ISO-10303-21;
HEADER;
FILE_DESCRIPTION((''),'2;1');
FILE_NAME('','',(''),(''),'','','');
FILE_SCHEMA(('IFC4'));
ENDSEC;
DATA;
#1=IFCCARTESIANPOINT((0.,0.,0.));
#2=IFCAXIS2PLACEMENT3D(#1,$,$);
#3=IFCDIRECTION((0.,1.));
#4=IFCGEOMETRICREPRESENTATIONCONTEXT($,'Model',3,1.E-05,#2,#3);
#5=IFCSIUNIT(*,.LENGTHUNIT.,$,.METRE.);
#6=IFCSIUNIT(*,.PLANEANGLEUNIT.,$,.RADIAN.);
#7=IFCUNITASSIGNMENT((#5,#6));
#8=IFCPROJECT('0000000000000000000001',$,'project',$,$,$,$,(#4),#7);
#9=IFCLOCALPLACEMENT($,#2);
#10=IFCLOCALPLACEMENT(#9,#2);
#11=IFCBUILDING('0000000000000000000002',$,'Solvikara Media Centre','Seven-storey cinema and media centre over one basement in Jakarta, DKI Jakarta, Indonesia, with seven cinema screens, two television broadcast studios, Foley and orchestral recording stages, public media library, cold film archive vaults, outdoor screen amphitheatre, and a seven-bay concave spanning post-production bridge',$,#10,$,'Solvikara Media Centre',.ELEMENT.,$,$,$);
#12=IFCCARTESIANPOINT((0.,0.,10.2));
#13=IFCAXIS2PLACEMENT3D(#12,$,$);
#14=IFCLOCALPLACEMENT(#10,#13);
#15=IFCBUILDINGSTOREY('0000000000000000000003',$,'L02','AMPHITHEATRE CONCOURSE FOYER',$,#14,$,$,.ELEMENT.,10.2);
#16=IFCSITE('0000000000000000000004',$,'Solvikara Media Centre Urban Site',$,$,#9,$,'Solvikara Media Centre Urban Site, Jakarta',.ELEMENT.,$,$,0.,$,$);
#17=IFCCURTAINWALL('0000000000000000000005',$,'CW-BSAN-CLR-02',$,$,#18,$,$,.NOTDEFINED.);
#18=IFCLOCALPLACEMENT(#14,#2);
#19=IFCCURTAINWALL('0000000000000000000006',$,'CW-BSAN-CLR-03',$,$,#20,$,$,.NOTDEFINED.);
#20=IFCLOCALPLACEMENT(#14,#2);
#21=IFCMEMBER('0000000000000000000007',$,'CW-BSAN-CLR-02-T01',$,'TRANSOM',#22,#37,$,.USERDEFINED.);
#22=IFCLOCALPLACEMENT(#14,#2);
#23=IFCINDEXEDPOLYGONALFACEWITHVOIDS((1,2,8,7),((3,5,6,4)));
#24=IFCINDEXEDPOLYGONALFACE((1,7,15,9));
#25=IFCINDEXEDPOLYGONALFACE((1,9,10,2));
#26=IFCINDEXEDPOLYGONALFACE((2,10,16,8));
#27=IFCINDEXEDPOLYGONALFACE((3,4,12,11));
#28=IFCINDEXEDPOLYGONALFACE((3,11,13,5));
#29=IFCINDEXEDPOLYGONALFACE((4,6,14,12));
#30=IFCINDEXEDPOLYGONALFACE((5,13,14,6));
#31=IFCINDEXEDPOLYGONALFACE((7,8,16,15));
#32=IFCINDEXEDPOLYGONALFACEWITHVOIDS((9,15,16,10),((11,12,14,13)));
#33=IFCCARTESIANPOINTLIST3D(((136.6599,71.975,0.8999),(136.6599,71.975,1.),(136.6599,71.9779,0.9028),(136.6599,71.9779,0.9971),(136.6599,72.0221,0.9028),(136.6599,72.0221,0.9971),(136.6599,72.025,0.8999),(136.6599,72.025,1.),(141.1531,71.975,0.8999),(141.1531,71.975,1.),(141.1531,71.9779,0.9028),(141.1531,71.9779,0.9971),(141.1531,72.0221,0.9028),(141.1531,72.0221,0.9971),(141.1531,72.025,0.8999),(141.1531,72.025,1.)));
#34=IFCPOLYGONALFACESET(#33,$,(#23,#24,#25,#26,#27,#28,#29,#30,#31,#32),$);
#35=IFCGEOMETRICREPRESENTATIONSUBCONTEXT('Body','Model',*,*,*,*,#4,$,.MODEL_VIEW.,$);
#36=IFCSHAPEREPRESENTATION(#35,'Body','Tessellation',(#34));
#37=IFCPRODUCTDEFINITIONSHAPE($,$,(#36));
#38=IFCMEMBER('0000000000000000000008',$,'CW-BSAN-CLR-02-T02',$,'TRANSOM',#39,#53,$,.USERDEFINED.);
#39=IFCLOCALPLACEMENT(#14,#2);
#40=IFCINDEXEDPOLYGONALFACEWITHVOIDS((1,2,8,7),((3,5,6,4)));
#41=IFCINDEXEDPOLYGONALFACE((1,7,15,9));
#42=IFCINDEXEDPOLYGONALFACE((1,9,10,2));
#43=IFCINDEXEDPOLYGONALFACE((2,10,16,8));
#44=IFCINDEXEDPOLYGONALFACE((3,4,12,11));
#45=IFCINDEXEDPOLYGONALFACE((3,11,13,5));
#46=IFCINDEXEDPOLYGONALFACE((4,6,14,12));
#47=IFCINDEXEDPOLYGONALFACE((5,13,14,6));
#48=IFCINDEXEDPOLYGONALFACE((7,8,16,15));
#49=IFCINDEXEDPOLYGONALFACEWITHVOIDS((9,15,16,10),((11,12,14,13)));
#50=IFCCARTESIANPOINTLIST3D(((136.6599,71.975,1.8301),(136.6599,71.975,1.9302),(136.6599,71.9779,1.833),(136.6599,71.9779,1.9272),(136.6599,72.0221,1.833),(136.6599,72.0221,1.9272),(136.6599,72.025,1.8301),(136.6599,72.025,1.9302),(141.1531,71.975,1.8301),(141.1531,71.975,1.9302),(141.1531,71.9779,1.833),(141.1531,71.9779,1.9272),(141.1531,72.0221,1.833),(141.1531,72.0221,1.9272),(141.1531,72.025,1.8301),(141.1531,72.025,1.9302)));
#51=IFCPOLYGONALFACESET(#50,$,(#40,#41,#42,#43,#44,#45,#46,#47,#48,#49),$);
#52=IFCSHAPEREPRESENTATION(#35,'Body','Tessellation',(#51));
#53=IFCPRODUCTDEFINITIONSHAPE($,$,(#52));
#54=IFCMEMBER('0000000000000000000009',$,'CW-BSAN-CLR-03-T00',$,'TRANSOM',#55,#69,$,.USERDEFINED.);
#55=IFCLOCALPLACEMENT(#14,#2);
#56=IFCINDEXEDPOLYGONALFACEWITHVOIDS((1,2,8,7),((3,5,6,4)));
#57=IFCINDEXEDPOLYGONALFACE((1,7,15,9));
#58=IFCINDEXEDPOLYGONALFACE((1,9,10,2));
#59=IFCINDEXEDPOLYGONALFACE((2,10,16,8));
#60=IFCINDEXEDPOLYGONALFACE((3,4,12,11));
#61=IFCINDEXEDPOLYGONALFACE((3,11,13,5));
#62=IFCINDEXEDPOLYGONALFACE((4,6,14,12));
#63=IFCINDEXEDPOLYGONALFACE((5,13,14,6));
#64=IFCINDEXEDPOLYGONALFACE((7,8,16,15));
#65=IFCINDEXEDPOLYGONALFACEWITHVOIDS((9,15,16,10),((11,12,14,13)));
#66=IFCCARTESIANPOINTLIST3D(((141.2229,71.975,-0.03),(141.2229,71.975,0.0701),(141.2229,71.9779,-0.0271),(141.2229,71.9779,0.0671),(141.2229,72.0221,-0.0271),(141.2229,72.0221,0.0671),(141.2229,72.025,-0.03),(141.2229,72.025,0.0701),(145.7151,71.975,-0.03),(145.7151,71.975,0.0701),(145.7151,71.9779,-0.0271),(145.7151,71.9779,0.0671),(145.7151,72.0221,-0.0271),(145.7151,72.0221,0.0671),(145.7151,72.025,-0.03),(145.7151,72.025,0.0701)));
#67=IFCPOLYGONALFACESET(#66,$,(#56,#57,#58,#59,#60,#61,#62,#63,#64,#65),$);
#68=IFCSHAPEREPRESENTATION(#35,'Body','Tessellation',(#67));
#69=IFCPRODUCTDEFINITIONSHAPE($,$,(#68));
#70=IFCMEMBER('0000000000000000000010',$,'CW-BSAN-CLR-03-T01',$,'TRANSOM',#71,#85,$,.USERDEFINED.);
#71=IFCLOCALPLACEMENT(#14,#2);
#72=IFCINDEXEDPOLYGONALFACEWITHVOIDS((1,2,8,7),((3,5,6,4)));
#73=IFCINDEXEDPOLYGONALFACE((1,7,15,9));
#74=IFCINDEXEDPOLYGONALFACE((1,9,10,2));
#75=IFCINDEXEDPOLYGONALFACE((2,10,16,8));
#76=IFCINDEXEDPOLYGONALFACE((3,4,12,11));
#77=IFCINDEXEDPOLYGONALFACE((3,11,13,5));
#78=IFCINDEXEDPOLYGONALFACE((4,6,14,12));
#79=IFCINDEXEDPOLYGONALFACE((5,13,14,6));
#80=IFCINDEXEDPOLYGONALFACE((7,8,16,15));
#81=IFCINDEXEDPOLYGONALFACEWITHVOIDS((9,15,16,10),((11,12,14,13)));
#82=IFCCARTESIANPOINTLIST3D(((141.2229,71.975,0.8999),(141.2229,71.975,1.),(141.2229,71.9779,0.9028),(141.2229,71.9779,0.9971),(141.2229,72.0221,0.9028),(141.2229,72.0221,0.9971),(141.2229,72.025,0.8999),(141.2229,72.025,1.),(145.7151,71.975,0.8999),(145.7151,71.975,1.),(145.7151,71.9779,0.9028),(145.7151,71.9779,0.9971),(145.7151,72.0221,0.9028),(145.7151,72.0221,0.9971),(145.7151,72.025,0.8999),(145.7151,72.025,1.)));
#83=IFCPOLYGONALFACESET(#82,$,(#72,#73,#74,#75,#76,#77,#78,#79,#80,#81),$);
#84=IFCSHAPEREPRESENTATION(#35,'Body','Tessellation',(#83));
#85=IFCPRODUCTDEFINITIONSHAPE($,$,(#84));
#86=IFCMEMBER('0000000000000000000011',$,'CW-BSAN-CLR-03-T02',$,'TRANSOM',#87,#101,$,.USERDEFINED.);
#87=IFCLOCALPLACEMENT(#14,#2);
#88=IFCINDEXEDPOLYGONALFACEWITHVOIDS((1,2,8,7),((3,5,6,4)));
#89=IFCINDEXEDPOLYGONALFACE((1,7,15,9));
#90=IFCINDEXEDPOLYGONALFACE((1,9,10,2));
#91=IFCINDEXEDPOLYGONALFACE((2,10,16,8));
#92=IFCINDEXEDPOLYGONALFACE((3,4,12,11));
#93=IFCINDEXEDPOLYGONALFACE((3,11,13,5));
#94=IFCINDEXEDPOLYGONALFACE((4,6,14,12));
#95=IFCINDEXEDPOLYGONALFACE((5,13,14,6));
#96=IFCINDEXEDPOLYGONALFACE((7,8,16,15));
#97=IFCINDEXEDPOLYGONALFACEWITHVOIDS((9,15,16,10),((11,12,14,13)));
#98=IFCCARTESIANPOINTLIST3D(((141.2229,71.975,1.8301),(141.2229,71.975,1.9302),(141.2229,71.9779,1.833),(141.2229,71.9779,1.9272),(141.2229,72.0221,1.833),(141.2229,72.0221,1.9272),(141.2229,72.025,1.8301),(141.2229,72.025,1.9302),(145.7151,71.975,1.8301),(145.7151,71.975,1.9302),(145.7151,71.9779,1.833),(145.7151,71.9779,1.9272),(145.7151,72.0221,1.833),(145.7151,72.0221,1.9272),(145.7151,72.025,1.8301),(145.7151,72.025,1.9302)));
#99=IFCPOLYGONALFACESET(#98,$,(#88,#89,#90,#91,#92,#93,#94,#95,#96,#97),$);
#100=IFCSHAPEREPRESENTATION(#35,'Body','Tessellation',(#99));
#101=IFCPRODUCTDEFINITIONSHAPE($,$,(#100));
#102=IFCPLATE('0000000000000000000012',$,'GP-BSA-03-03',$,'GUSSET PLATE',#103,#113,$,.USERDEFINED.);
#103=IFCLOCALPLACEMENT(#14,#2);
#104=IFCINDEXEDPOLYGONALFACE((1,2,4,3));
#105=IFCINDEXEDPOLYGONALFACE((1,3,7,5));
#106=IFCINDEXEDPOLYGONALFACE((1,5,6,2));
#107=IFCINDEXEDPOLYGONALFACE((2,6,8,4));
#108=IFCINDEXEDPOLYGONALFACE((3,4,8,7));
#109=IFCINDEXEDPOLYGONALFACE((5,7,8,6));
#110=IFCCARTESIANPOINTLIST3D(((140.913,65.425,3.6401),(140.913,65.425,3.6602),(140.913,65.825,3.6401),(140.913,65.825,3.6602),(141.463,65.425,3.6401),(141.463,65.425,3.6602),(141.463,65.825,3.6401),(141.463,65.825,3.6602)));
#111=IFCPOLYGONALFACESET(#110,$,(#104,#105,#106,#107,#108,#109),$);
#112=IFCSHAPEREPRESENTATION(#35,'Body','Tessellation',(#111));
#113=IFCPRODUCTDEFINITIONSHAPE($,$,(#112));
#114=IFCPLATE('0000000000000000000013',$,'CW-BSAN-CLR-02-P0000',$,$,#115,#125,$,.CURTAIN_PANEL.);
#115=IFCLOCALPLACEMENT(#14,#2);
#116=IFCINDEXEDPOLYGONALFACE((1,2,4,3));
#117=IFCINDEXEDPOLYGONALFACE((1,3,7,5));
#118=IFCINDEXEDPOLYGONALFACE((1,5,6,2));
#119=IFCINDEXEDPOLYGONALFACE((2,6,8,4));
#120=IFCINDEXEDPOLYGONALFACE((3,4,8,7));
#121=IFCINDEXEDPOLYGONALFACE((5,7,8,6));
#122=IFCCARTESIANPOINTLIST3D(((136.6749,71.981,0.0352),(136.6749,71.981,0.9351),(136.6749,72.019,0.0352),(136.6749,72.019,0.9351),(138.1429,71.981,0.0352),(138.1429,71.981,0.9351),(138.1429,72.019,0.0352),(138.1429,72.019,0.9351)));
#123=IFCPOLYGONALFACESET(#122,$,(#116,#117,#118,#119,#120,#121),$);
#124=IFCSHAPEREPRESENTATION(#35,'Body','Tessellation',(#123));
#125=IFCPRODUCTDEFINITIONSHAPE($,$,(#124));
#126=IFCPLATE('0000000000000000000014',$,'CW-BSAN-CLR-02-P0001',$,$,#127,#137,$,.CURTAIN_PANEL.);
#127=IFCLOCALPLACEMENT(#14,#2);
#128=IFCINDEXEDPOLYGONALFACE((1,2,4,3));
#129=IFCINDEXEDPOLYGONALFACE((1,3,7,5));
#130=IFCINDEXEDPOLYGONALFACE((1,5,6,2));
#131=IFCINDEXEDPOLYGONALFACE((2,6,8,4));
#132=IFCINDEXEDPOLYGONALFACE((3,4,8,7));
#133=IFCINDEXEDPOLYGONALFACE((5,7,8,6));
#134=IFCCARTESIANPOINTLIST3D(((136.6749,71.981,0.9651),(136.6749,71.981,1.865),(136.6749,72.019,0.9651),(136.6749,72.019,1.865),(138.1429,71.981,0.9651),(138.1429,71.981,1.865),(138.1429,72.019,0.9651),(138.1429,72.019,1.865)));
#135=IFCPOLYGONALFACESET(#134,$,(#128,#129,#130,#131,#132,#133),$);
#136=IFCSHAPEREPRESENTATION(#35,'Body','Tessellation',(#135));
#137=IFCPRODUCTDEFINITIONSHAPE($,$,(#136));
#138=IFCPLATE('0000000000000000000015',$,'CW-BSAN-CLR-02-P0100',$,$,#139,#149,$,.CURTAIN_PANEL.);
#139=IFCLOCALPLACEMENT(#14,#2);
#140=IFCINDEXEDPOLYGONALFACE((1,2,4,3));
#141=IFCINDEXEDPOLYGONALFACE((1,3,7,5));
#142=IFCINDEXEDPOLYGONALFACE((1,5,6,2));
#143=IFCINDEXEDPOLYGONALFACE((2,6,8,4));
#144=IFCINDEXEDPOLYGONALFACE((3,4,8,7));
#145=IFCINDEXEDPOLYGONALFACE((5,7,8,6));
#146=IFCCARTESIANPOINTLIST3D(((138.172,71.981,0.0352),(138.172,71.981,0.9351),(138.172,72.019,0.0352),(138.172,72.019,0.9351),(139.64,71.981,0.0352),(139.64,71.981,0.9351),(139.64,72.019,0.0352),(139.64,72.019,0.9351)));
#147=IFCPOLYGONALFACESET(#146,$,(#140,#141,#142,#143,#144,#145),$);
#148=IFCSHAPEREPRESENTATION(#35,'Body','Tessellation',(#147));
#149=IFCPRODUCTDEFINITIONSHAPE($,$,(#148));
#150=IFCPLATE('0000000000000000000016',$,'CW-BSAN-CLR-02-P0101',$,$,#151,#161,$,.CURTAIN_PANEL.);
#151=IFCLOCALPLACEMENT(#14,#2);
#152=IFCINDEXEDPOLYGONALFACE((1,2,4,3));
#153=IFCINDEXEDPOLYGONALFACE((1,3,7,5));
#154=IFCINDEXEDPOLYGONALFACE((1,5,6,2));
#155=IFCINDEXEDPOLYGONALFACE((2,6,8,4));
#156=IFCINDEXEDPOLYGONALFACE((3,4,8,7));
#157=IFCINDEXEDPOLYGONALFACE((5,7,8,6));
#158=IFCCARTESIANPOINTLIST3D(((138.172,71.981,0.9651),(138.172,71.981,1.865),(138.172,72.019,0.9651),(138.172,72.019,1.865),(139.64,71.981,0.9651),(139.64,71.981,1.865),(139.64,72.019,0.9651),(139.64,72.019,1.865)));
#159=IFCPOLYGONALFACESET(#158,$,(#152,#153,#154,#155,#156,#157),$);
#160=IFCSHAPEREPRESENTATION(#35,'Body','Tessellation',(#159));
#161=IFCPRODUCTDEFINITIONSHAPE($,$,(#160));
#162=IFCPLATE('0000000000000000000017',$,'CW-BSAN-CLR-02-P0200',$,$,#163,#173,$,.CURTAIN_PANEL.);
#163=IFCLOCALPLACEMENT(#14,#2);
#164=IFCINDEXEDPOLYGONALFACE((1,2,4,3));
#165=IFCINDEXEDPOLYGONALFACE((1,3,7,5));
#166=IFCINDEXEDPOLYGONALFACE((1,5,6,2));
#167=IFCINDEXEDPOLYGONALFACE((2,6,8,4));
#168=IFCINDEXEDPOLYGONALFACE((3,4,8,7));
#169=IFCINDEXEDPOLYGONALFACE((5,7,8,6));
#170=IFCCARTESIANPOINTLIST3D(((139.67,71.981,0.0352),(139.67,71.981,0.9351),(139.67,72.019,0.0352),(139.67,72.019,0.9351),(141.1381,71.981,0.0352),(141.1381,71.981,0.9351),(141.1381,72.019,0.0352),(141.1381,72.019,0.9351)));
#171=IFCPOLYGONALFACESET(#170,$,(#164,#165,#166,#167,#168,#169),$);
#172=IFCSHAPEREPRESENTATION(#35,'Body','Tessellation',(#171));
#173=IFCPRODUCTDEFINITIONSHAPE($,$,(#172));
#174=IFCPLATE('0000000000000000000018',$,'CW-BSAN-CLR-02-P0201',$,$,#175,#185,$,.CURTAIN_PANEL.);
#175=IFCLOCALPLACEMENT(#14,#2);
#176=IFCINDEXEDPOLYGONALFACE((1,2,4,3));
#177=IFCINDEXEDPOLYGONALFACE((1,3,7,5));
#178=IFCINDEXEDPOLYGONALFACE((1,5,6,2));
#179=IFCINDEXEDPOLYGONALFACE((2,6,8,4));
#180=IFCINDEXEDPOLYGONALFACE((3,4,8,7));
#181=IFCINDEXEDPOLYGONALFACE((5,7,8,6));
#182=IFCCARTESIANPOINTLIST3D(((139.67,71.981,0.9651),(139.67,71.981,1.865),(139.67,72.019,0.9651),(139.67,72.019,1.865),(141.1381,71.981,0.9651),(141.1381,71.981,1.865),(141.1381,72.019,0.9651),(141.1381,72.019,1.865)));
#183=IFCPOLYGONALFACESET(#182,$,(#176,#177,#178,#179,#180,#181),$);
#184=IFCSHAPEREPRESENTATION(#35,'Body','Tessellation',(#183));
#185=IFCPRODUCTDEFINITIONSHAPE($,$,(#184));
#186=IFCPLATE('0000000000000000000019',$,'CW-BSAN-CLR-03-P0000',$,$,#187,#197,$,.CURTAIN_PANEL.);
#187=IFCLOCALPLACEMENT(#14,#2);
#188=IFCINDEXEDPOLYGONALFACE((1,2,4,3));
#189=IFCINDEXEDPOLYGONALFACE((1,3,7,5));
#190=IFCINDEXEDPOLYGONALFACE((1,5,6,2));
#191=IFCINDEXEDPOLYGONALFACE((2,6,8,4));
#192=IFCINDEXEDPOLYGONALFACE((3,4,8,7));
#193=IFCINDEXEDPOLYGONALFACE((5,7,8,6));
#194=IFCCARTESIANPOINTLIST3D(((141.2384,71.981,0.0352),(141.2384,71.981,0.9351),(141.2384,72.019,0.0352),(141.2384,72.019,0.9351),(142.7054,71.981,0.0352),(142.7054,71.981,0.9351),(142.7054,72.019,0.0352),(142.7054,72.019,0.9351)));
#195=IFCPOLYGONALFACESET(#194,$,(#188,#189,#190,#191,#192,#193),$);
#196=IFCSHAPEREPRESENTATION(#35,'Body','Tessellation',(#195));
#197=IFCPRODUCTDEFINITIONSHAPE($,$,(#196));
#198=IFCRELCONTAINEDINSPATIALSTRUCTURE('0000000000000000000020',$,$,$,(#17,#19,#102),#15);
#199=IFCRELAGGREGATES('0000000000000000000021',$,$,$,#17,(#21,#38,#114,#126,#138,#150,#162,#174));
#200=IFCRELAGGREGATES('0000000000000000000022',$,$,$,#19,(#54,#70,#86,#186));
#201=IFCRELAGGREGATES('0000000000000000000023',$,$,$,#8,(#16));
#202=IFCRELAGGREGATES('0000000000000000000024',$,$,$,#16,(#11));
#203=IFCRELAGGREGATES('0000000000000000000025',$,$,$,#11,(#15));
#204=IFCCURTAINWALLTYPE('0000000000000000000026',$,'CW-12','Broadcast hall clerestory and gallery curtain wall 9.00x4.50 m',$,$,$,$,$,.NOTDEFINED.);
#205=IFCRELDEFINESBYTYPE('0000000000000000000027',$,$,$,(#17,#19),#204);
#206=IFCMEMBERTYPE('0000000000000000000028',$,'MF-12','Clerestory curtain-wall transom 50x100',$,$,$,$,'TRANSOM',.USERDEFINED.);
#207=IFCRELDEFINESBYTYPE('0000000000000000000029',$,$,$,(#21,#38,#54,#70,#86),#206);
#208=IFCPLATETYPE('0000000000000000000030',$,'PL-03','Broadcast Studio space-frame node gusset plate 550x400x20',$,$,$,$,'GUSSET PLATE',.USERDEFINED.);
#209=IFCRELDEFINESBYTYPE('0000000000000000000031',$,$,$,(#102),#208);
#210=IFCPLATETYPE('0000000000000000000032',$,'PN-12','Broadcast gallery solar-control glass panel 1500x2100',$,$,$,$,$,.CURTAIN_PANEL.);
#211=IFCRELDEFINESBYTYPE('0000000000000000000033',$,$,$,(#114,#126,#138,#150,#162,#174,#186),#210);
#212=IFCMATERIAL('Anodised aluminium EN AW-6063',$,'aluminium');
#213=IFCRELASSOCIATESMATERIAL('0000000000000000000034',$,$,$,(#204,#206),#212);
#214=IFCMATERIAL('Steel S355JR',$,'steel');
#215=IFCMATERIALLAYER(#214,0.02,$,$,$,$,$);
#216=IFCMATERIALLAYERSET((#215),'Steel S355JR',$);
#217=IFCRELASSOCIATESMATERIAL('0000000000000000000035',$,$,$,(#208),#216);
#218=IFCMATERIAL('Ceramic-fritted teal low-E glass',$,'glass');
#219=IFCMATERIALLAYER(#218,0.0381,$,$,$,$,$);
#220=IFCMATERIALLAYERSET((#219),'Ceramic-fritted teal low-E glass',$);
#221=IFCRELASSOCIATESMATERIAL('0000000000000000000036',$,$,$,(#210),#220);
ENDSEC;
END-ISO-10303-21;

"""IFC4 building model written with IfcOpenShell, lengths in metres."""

from ifc_helpers import new_model, si_unit, direction, frame, origin, origin_2d, place, context, subcontext, project, spatial, rectangle, hollow_rectangle, extrude, material, layer, layer_set, material_profile, profile_set, type_object, element, aggregate, save


model = new_model("IFC4")

# Units and contexts
model_context = context("Model", 3, precision=1e-05, world=origin(), true_north=direction((0.0, 1.0)))
body_context = subcontext(model_context, "Body", "Model", "MODEL_VIEW")
ifc_project = project(units=[si_unit("LENGTHUNIT", "METRE"), si_unit("PLANEANGLEUNIT", "RADIAN")], contexts=[model_context])

# Site, building, storey
site_placement = place(None, origin())
site = spatial("IfcSite", under=ifc_project, at=site_placement, Name="Solvikara Media Centre Urban Site", LongName="Solvikara Media Centre Urban Site, Jakarta", CompositionType="ELEMENT", RefElevation=0.0)
building_placement = place(site_placement, origin())
building = spatial("IfcBuilding", under=site, at=building_placement, Name="Solvikara Media Centre", Description="Seven-storey cinema and media centre over one basement in Jakarta, DKI Jakarta, Indonesia, with seven cinema screens, two television broadcast studios, Foley and orchestral recording stages, public media library, cold film archive vaults, outdoor screen amphitheatre, and a seven-bay concave spanning post-production bridge", LongName="Solvikara Media Centre", CompositionType="ELEMENT")
storey_placement = place(building_placement, frame((0.0, 0.0, 10.2)))
storey = spatial("IfcBuildingStorey", under=building, at=storey_placement, Name="L02", Description="AMPHITHEATRE CONCOURSE FOYER", CompositionType="ELEMENT", Elevation=10.2)

# Shared definitions
ifc_material_1 = material(Name="Steel S355JR", Category="steel")

# Curtain walls
ifc_material_2 = material(Name="Anodised aluminium EN AW-6063", Category="aluminium")
curtain_wall_type = type_object("IfcCurtainWallType", Name="CW-12", Description="Broadcast hall clerestory and gallery curtain wall 9.00x4.50 m", PredefinedType="NOTDEFINED", material=ifc_material_2)
curtain_wall_1_placement = place(storey_placement, origin())
curtain_wall_1 = element("IfcCurtainWall", 1, at=curtain_wall_1_placement, inside=storey, type_object=curtain_wall_type, Name="CW-BSAN-CLR-02", PredefinedType="NOTDEFINED")
curtain_wall_2_placement = place(storey_placement, origin())
curtain_wall_2 = element("IfcCurtainWall", 2, at=curtain_wall_2_placement, inside=storey, type_object=curtain_wall_type, Name="CW-BSAN-CLR-03", PredefinedType="NOTDEFINED")

# Members
ifc_material_profile_1 = material_profile(ifc_material_2, hollow_rectangle(XDim=0.05, YDim=0.1001, WallThickness=0.0029, at=origin_2d()), Name="ALU-T 50x100x3")
ifc_profile_set_1 = profile_set([ifc_material_profile_1], Name="Anodised aluminium EN AW-6063")
member_type_1 = type_object("IfcMemberType", Name="MF-12", Description="Clerestory curtain-wall transom 50x100", ElementType="TRANSOM", PredefinedType="USERDEFINED", material=ifc_profile_set_1)
member_1_placement = place(storey_placement, frame((136.6599, 72.0, 0.95), z_axis=(1.0, 0.0, 0.0), x_axis=(0.0, 1.0, 0.0)))
member_1 = element("IfcMember", 3, at=member_1_placement, type_object=member_type_1, Name="CW-BSAN-CLR-02-T01", ObjectType="TRANSOM", PredefinedType="USERDEFINED", context=body_context, shape_type="SweptSolid", body=[
    extrude(hollow_rectangle(XDim=0.05, YDim=0.1001, WallThickness=0.0029, at=origin_2d()), origin(), (0.0, 0.0, 1.0), 4.4932),
])
member_2_placement = place(storey_placement, frame((136.6599, 72.0, 1.8801), z_axis=(1.0, 0.0, 0.0), x_axis=(0.0, 1.0, 0.0)))
member_2 = element("IfcMember", 4, at=member_2_placement, type_object=member_type_1, Name="CW-BSAN-CLR-02-T02", ObjectType="TRANSOM", PredefinedType="USERDEFINED", context=body_context, shape_type="SweptSolid", body=[
    extrude(hollow_rectangle(XDim=0.05, YDim=0.1001, WallThickness=0.0029, at=origin_2d()), origin(), (0.0, 0.0, 1.0), 4.4932),
])
member_3_placement = place(storey_placement, frame((141.2229, 72.0, 0.02), z_axis=(1.0, 0.0, 0.0), x_axis=(0.0, 1.0, 0.0)))
member_3 = element("IfcMember", 5, at=member_3_placement, type_object=member_type_1, Name="CW-BSAN-CLR-03-T00", ObjectType="TRANSOM", PredefinedType="USERDEFINED", context=body_context, shape_type="SweptSolid", body=[
    extrude(hollow_rectangle(XDim=0.05, YDim=0.1001, WallThickness=0.0029, at=origin_2d()), origin(), (0.0, 0.0, 1.0), 4.4922),
])
member_4_placement = place(storey_placement, frame((141.2229, 72.0, 0.95), z_axis=(1.0, 0.0, 0.0), x_axis=(0.0, 1.0, 0.0)))
member_4 = element("IfcMember", 6, at=member_4_placement, type_object=member_type_1, Name="CW-BSAN-CLR-03-T01", ObjectType="TRANSOM", PredefinedType="USERDEFINED", context=body_context, shape_type="SweptSolid", body=[
    extrude(hollow_rectangle(XDim=0.05, YDim=0.1001, WallThickness=0.0029, at=origin_2d()), origin(), (0.0, 0.0, 1.0), 4.4922),
])
member_5_placement = place(storey_placement, frame((141.2229, 72.0, 1.8801), z_axis=(1.0, 0.0, 0.0), x_axis=(0.0, 1.0, 0.0)))
member_5 = element("IfcMember", 7, at=member_5_placement, type_object=member_type_1, Name="CW-BSAN-CLR-03-T02", ObjectType="TRANSOM", PredefinedType="USERDEFINED", context=body_context, shape_type="SweptSolid", body=[
    extrude(hollow_rectangle(XDim=0.05, YDim=0.1001, WallThickness=0.0029, at=origin_2d()), origin(), (0.0, 0.0, 1.0), 4.4922),
])

# Plates
ifc_layer_1 = layer(ifc_material_1, 0.02)
ifc_layer_set_1 = layer_set([ifc_layer_1], Name="Steel S355JR")
plate_type_1 = type_object("IfcPlateType", Name="PL-03", Description="Broadcast Studio space-frame node gusset plate 550x400x20", ElementType="GUSSET PLATE", PredefinedType="USERDEFINED", material=ifc_layer_set_1)
plate_1_placement = place(storey_placement, frame((141.188, 65.625, 3.6401), z_axis=(0.0, 0.0, 1.0), x_axis=(1.0, 0.0, 0.0)))
element("IfcPlate", 8, at=plate_1_placement, inside=storey, type_object=plate_type_1, Name="GP-BSA-03-03", ObjectType="GUSSET PLATE", PredefinedType="USERDEFINED", context=body_context, shape_type="SweptSolid", body=[
    extrude(rectangle(XDim=0.55, YDim=0.3999, at=origin_2d()), origin(), (0.0, 0.0, 1.0), 0.02),
])
ifc_material_3 = material(Name="Ceramic-fritted teal low-E glass", Category="glass")
ifc_layer_2 = layer(ifc_material_3, 0.0381)
ifc_layer_set_2 = layer_set([ifc_layer_2], Name="Ceramic-fritted teal low-E glass")
plate_type_2 = type_object("IfcPlateType", Name="PN-12", Description="Broadcast gallery solar-control glass panel 1500x2100", PredefinedType="CURTAIN_PANEL", material=ifc_layer_set_2)
plate_2_placement = place(storey_placement, frame((137.4089, 72.0, 0.0352), z_axis=(0.0, 0.0, 1.0), x_axis=(1.0, 0.0, 0.0)))
plate_2 = element("IfcPlate", 9, at=plate_2_placement, type_object=plate_type_2, Name="CW-BSAN-CLR-02-P0000", PredefinedType="CURTAIN_PANEL", context=body_context, shape_type="SweptSolid", body=[
    extrude(rectangle(XDim=1.468, YDim=0.0381, at=origin_2d()), origin(), (0.0, 0.0, 1.0), 0.8999),
])
plate_3_placement = place(storey_placement, frame((137.4089, 72.0, 0.9651), z_axis=(0.0, 0.0, 1.0), x_axis=(1.0, 0.0, 0.0)))
plate_3 = element("IfcPlate", 10, at=plate_3_placement, type_object=plate_type_2, Name="CW-BSAN-CLR-02-P0001", PredefinedType="CURTAIN_PANEL", context=body_context, shape_type="SweptSolid", body=[
    extrude(rectangle(XDim=1.468, YDim=0.0381, at=origin_2d()), origin(), (0.0, 0.0, 1.0), 0.8999),
])
plate_4_placement = place(storey_placement, frame((138.906, 72.0, 0.0352), z_axis=(0.0, 0.0, 1.0), x_axis=(1.0, 0.0, 0.0)))
plate_4 = element("IfcPlate", 11, at=plate_4_placement, type_object=plate_type_2, Name="CW-BSAN-CLR-02-P0100", PredefinedType="CURTAIN_PANEL", context=body_context, shape_type="SweptSolid", body=[
    extrude(rectangle(XDim=1.468, YDim=0.0381, at=origin_2d()), origin(), (0.0, 0.0, 1.0), 0.8999),
])
plate_5_placement = place(storey_placement, frame((138.906, 72.0, 0.9651), z_axis=(0.0, 0.0, 1.0), x_axis=(1.0, 0.0, 0.0)))
plate_5 = element("IfcPlate", 12, at=plate_5_placement, type_object=plate_type_2, Name="CW-BSAN-CLR-02-P0101", PredefinedType="CURTAIN_PANEL", context=body_context, shape_type="SweptSolid", body=[
    extrude(rectangle(XDim=1.468, YDim=0.0381, at=origin_2d()), origin(), (0.0, 0.0, 1.0), 0.8999),
])
plate_6_placement = place(storey_placement, frame((140.4041, 72.0, 0.0352), z_axis=(0.0, 0.0, 1.0), x_axis=(1.0, 0.0, 0.0)))
plate_6 = element("IfcPlate", 13, at=plate_6_placement, type_object=plate_type_2, Name="CW-BSAN-CLR-02-P0200", PredefinedType="CURTAIN_PANEL", context=body_context, shape_type="SweptSolid", body=[
    extrude(rectangle(XDim=1.468, YDim=0.0381, at=origin_2d()), origin(), (0.0, 0.0, 1.0), 0.8999),
])
plate_7_placement = place(storey_placement, frame((140.4041, 72.0, 0.9651), z_axis=(0.0, 0.0, 1.0), x_axis=(1.0, 0.0, 0.0)))
plate_7 = element("IfcPlate", 14, at=plate_7_placement, type_object=plate_type_2, Name="CW-BSAN-CLR-02-P0201", PredefinedType="CURTAIN_PANEL", context=body_context, shape_type="SweptSolid", body=[
    extrude(rectangle(XDim=1.468, YDim=0.0381, at=origin_2d()), origin(), (0.0, 0.0, 1.0), 0.8999),
])
aggregate(curtain_wall_1, [member_1, member_2, plate_2, plate_3, plate_4, plate_5, plate_6, plate_7])
plate_8_placement = place(storey_placement, frame((141.9719, 72.0, 0.0352), z_axis=(0.0, 0.0, 1.0), x_axis=(1.0, 0.0, 0.0)))
plate_8 = element("IfcPlate", 15, at=plate_8_placement, type_object=plate_type_2, Name="CW-BSAN-CLR-03-P0000", PredefinedType="CURTAIN_PANEL", context=body_context, shape_type="SweptSolid", body=[
    extrude(rectangle(XDim=1.467, YDim=0.0381, at=origin_2d()), origin(), (0.0, 0.0, 1.0), 0.8999),
])
aggregate(curtain_wall_2, [member_3, member_4, member_5, plate_8])

save(model, "model.ifc")
